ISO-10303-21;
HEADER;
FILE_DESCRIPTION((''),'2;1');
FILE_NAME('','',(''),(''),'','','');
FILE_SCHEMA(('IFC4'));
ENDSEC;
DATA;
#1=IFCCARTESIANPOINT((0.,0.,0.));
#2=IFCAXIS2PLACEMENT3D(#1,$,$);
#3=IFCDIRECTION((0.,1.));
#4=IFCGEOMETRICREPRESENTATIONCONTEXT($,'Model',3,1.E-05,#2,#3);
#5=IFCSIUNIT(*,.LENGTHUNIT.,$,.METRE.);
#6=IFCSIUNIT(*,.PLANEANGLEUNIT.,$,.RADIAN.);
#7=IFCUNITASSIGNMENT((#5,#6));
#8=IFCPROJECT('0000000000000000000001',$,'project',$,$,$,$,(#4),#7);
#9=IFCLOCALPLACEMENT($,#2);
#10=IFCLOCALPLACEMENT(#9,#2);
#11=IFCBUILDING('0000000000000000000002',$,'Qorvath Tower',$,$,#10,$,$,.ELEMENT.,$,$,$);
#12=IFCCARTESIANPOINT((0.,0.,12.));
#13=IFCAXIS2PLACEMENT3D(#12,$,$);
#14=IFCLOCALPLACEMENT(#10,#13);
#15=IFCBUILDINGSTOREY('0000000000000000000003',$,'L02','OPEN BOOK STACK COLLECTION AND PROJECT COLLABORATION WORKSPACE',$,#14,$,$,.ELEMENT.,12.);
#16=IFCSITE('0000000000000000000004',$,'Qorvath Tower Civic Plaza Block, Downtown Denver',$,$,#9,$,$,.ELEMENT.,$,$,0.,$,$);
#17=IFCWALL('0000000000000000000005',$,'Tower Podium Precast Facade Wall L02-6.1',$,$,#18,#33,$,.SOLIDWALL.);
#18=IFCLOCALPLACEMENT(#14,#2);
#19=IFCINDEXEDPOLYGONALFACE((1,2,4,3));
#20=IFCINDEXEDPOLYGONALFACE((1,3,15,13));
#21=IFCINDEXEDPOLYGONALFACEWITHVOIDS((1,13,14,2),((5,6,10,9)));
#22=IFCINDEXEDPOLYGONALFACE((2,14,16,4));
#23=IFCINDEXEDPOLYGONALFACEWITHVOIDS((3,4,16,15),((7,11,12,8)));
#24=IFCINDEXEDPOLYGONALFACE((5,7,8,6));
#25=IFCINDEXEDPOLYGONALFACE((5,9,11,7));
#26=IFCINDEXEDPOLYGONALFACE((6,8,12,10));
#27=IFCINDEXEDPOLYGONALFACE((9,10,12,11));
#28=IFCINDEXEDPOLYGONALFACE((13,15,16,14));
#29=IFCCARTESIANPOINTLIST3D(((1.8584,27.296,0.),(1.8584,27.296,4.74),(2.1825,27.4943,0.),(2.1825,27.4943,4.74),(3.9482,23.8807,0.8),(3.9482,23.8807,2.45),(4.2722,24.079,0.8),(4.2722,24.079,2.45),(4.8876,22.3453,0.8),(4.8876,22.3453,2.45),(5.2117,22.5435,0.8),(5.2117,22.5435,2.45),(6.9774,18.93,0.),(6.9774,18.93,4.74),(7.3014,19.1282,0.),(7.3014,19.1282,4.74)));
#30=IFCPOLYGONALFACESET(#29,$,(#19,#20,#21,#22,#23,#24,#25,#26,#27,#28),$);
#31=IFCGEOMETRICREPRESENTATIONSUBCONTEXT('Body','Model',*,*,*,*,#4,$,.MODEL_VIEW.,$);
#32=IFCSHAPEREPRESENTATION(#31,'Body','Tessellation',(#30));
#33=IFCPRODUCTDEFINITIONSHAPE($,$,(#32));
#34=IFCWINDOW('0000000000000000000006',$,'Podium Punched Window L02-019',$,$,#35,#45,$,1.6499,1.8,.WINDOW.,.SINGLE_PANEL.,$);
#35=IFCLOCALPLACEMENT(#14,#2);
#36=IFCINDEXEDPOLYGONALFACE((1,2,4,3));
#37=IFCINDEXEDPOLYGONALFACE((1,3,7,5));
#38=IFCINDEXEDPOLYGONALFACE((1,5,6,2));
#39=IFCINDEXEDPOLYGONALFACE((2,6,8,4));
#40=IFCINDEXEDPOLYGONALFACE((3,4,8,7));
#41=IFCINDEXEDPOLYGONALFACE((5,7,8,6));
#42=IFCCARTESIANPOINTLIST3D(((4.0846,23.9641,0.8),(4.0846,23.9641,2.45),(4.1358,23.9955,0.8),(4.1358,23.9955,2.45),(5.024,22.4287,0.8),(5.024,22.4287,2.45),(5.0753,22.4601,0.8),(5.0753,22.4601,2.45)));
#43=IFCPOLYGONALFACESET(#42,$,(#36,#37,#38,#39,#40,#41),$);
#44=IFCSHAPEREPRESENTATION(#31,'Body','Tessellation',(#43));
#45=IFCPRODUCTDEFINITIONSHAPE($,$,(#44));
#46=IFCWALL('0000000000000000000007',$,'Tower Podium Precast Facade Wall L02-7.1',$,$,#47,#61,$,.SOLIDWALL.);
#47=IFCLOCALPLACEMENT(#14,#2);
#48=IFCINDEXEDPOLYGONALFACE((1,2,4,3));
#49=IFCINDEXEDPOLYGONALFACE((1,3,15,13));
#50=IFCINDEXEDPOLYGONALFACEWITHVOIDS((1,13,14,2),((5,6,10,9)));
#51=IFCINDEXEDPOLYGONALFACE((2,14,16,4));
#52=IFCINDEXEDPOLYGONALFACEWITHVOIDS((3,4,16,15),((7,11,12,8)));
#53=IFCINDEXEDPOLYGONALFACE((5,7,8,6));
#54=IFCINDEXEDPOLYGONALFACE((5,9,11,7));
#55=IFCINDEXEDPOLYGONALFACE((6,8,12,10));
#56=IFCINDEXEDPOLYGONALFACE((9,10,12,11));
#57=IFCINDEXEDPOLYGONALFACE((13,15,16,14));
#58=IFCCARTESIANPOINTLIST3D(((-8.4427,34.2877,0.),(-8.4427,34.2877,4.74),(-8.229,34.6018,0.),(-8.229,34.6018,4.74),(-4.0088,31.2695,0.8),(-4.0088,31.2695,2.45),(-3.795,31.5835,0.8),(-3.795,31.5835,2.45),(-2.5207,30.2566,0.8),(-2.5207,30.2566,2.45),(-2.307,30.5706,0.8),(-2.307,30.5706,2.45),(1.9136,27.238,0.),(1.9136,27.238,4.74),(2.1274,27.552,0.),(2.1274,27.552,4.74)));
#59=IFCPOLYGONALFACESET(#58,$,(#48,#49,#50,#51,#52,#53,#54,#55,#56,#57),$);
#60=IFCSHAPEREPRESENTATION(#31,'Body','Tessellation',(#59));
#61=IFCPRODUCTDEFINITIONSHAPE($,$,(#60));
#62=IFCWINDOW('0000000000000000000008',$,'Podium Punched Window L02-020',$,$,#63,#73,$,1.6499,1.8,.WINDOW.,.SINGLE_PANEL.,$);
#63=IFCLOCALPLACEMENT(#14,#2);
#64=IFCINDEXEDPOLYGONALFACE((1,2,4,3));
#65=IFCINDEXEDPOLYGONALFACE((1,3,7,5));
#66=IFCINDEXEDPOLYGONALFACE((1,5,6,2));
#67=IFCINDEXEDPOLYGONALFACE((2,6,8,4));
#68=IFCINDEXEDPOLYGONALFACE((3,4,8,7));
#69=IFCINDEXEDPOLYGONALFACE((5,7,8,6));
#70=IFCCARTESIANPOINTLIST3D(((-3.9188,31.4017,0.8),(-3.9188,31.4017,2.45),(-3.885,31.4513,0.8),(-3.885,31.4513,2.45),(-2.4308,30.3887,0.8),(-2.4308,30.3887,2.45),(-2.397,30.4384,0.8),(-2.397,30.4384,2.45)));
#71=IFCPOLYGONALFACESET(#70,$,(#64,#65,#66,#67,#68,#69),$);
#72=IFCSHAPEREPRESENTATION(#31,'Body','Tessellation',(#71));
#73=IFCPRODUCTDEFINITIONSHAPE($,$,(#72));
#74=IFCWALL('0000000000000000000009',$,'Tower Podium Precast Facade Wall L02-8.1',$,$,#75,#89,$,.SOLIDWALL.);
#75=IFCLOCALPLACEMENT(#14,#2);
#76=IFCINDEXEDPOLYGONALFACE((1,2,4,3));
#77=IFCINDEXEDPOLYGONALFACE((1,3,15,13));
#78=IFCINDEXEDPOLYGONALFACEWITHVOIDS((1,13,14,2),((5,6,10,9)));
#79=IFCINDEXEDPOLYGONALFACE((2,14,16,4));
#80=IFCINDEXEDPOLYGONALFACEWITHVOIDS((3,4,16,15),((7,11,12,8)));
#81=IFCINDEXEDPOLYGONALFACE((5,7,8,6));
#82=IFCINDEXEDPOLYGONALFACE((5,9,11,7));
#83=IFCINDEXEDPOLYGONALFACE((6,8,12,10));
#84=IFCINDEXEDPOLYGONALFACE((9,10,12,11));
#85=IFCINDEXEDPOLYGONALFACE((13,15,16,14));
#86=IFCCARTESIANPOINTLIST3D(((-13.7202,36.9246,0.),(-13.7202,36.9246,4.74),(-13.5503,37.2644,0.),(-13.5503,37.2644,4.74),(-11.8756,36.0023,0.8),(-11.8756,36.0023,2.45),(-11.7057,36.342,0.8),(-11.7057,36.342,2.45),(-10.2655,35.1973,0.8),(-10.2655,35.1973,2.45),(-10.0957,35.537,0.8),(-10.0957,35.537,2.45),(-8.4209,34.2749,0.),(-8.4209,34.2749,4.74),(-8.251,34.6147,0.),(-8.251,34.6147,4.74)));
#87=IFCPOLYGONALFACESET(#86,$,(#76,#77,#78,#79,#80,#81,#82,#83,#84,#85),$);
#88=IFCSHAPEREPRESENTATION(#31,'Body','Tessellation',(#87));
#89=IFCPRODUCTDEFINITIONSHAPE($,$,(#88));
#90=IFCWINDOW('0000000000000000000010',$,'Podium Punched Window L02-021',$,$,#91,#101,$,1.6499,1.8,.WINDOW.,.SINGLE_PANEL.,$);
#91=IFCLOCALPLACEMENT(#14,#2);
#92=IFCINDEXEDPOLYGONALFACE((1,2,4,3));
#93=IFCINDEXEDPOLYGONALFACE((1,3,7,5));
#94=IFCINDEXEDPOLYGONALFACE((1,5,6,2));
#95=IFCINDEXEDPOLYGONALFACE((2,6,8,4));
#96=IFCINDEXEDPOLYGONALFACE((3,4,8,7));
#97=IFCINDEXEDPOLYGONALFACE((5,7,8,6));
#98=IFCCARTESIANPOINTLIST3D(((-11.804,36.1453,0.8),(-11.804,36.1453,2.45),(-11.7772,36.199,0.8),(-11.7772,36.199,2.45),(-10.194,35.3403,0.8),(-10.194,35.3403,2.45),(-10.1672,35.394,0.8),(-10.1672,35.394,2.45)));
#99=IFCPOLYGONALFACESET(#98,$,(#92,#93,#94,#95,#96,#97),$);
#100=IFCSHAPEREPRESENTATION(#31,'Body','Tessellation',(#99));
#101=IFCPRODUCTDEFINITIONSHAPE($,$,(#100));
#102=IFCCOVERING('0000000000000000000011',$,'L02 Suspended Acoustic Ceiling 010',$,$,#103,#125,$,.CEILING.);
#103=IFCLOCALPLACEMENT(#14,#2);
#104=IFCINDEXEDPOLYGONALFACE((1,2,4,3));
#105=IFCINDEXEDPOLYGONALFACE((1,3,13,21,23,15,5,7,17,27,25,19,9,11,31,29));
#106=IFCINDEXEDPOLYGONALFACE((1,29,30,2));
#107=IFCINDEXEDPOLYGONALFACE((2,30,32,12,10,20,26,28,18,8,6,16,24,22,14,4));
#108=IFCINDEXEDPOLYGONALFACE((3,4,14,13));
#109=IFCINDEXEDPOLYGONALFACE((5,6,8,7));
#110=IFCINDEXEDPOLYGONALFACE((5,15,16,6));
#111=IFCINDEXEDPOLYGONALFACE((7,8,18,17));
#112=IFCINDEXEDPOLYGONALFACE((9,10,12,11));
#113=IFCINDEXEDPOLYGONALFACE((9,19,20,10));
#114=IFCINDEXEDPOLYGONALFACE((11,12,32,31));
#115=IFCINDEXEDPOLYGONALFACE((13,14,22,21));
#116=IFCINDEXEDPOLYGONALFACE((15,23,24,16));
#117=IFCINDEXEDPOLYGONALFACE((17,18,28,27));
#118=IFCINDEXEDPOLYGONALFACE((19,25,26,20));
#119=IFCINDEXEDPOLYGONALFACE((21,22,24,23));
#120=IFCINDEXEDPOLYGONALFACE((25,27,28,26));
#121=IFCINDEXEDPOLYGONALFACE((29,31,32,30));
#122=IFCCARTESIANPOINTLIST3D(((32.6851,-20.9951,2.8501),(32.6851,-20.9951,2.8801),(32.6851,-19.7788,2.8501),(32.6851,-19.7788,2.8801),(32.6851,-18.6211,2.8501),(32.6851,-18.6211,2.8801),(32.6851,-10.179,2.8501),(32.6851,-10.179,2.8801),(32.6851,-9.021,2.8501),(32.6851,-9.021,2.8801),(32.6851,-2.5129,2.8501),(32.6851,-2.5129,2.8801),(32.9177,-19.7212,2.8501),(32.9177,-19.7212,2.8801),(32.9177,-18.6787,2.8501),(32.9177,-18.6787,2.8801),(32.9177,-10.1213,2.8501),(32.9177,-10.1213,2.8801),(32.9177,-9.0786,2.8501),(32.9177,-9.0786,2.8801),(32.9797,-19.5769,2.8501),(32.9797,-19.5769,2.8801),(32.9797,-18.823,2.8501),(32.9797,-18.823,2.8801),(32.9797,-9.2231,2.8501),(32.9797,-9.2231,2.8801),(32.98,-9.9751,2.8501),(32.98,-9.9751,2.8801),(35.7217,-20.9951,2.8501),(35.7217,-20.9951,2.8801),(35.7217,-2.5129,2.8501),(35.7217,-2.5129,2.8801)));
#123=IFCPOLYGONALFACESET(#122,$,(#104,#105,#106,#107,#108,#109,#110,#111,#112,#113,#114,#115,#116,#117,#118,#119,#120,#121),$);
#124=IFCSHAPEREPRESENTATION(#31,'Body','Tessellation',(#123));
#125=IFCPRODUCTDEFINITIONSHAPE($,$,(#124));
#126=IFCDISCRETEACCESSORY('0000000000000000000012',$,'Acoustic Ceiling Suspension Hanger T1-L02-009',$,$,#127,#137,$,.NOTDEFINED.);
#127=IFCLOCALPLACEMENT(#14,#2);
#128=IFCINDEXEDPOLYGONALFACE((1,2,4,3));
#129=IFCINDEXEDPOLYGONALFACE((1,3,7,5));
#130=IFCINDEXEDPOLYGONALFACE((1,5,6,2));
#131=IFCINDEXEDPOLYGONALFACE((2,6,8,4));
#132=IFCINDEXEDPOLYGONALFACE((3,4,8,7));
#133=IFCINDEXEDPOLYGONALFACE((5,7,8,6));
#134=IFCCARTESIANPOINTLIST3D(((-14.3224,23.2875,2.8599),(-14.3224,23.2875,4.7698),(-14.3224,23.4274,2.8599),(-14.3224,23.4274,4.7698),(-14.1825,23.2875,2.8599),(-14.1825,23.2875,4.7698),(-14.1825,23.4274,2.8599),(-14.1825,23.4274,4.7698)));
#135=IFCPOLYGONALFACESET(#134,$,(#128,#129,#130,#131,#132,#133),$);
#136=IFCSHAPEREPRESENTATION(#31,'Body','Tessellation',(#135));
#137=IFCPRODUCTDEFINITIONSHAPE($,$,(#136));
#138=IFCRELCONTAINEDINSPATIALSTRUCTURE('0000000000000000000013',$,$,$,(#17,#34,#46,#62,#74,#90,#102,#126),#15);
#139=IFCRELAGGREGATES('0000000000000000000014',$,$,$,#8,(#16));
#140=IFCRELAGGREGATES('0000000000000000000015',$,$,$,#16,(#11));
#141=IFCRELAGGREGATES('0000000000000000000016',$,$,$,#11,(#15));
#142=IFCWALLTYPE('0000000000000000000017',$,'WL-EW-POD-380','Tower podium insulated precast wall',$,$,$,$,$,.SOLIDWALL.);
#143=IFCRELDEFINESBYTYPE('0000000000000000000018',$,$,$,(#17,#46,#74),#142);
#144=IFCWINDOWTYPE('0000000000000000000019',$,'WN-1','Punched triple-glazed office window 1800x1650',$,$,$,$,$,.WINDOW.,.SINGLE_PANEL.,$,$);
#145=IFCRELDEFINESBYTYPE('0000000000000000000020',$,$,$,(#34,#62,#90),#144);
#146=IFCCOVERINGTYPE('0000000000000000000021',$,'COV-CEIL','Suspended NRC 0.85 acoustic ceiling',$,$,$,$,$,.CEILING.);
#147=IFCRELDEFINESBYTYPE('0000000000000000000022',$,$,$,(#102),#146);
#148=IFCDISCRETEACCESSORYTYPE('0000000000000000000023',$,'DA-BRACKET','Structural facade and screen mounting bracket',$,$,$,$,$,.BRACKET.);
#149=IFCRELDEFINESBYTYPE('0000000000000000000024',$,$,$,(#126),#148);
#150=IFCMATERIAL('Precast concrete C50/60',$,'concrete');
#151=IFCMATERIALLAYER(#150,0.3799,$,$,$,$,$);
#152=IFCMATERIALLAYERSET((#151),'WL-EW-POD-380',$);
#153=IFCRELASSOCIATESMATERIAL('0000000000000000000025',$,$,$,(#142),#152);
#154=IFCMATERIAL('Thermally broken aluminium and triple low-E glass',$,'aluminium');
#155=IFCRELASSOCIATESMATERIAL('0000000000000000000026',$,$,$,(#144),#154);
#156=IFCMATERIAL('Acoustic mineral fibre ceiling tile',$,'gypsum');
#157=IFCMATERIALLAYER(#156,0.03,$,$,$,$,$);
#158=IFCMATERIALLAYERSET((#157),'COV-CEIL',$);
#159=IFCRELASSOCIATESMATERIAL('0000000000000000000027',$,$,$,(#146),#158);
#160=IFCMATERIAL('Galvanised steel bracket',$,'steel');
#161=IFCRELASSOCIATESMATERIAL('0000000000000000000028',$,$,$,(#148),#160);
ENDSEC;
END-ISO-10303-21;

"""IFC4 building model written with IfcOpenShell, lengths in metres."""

from ifc_helpers import new_model, si_unit, direction, frame, frame_2d, origin, origin_2d, place, context, subcontext, project, spatial, polyline, rectangle, outline, extrude, material, layer, layer_set, type_object, element, fill, save


model = new_model("IFC4")

# Units and contexts
model_context = context("Model", 3, precision=1e-05, world=origin(), true_north=direction((0.0, 1.0)))
body_context = subcontext(model_context, "Body", "Model", "MODEL_VIEW")
ifc_project = project(units=[si_unit("LENGTHUNIT", "METRE"), si_unit("PLANEANGLEUNIT", "RADIAN")], contexts=[model_context])

# Site, building, storey
site_placement = place(None, origin())
site = spatial("IfcSite", under=ifc_project, at=site_placement, Name="Qorvath Tower Civic Plaza Block, Downtown Denver", CompositionType="ELEMENT", RefElevation=0.0)
building_placement = place(site_placement, origin())
building = spatial("IfcBuilding", under=site, at=building_placement, Name="Qorvath Tower", CompositionType="ELEMENT")
storey_placement = place(building_placement, frame((0.0, 0.0, 12.0)))
storey = spatial("IfcBuildingStorey", under=building, at=storey_placement, Name="L02", Description="OPEN BOOK STACK COLLECTION AND PROJECT COLLABORATION WORKSPACE", CompositionType="ELEMENT", Elevation=12.0)

# Walls, openings, windows
ifc_material_1 = material(Name="Precast concrete C50/60", Category="concrete")
ifc_layer_1 = layer(ifc_material_1, 0.3799)
ifc_layer_set_1 = layer_set([ifc_layer_1], Name="WL-EW-POD-380")
wall_type_1 = type_object("IfcWallType", Name="WL-EW-POD-380", Description="Tower podium insulated precast wall", PredefinedType="SOLIDWALL", material=ifc_layer_set_1)
ifc_material_2 = material(Name="Thermally broken aluminium and triple low-E glass", Category="aluminium")
window_type = type_object("IfcWindowType", Name="WN-1", Description="Punched triple-glazed office window 1800x1650", PartitioningType="SINGLE_PANEL", PredefinedType="WINDOW", material=ifc_material_2)
wall_1_placement = place(storey_placement, frame((2.0205, 27.395, 0.0), z_axis=(0.0, 0.0, 1.0), x_axis=(0.521922, -0.852993, 0.0)))
wall_1 = element("IfcWall", 1, at=wall_1_placement, inside=storey, type_object=wall_type_1, Name="Tower Podium Precast Facade Wall L02-6.1", PredefinedType="SOLIDWALL", context=body_context, shape_type="SweptSolid", body=[
    extrude(rectangle(XDim=9.8079, YDim=0.3799, at=frame_2d((4.9038, 0.0))), origin(), (0.0, 0.0, 1.0), 4.74),
])
opening_1_placement = place(wall_1_placement, frame((4.0039, 0.0, 0.8)))
opening_1 = element("IfcOpeningElement", 2, at=opening_1_placement, cuts=wall_1, PredefinedType="OPENING", context=body_context, shape_type="SweptSolid", body=[
    extrude(rectangle(XDim=1.8, YDim=1.6499, at=frame_2d((0.8999, 0.825))), frame((0.0, 0.2, 0.0), z_axis=(0.0, -1.0, 0.0), x_axis=(1.0, 0.0, 0.0)), (0.0, 0.0, 1.0), 0.3999),
])
window_1_placement = place(opening_1_placement, origin())
window_1 = element("IfcWindow", 3, at=window_1_placement, inside=storey, type_object=window_type, Name="Podium Punched Window L02-019", OverallHeight=1.6499, OverallWidth=1.8, PartitioningType="SINGLE_PANEL", PredefinedType="WINDOW", context=body_context, shape_type="SweptSolid", body=[
    extrude(rectangle(XDim=1.8, YDim=1.6499, at=frame_2d((0.8999, 0.825))), frame((0.0, 0.03, 0.0), z_axis=(0.0, -1.0, 0.0), x_axis=(1.0, 0.0, 0.0)), (0.0, 0.0, 1.0), 0.0601),
])
fill(opening_1, window_1)
wall_2_placement = place(storey_placement, frame((-8.3359, 34.4448, 0.0), z_axis=(0.0, 0.0, 1.0), x_axis=(0.826651, -0.562715, 0.0)))
wall_2 = element("IfcWall", 4, at=wall_2_placement, inside=storey, type_object=wall_type_1, Name="Tower Podium Precast Facade Wall L02-7.1", PredefinedType="SOLIDWALL", context=body_context, shape_type="SweptSolid", body=[
    extrude(rectangle(XDim=12.5281, YDim=0.3799, at=frame_2d((6.2642, 0.0))), origin(), (0.0, 0.0, 1.0), 4.74),
])
opening_2_placement = place(wall_2_placement, frame((5.364, 0.0, 0.8)))
opening_2 = element("IfcOpeningElement", 5, at=opening_2_placement, cuts=wall_2, PredefinedType="OPENING", context=body_context, shape_type="SweptSolid", body=[
    extrude(rectangle(XDim=1.8, YDim=1.6499, at=frame_2d((0.8999, 0.825))), frame((0.0, 0.2, 0.0), z_axis=(0.0, -1.0, 0.0), x_axis=(1.0, 0.0, 0.0)), (0.0, 0.0, 1.0), 0.3999),
])
window_2_placement = place(opening_2_placement, origin())
window_2 = element("IfcWindow", 6, at=window_2_placement, inside=storey, type_object=window_type, Name="Podium Punched Window L02-020", OverallHeight=1.6499, OverallWidth=1.8, PartitioningType="SINGLE_PANEL", PredefinedType="WINDOW", context=body_context, shape_type="SweptSolid", body=[
    extrude(rectangle(XDim=1.8, YDim=1.6499, at=frame_2d((0.8999, 0.825))), frame((0.0, 0.03, 0.0), z_axis=(0.0, -1.0, 0.0), x_axis=(1.0, 0.0, 0.0)), (0.0, 0.0, 1.0), 0.0601),
])
fill(opening_2, window_2)
wall_3_placement = place(storey_placement, frame((-13.6353, 37.0945, 0.0), z_axis=(0.0, 0.0, 1.0), x_axis=(0.894427, -0.447214, 0.0)))
wall_3 = element("IfcWall", 7, at=wall_3_placement, inside=storey, type_object=wall_type_1, Name="Tower Podium Precast Facade Wall L02-8.1", PredefinedType="SOLIDWALL", context=body_context, shape_type="SweptSolid", body=[
    extrude(rectangle(XDim=5.9248, YDim=0.3799, at=frame_2d((2.9624, 0.0))), origin(), (0.0, 0.0, 1.0), 4.74),
])
opening_3_placement = place(wall_3_placement, frame((2.0625, 0.0, 0.8)))
opening_3 = element("IfcOpeningElement", 8, at=opening_3_placement, cuts=wall_3, PredefinedType="OPENING", context=body_context, shape_type="SweptSolid", body=[
    extrude(rectangle(XDim=1.8, YDim=1.6499, at=frame_2d((0.8999, 0.825))), frame((0.0, 0.2, 0.0), z_axis=(0.0, -1.0, 0.0), x_axis=(1.0, 0.0, 0.0)), (0.0, 0.0, 1.0), 0.3999),
])
window_3_placement = place(opening_3_placement, origin())
window_3 = element("IfcWindow", 9, at=window_3_placement, inside=storey, type_object=window_type, Name="Podium Punched Window L02-021", OverallHeight=1.6499, OverallWidth=1.8, PartitioningType="SINGLE_PANEL", PredefinedType="WINDOW", context=body_context, shape_type="SweptSolid", body=[
    extrude(rectangle(XDim=1.8, YDim=1.6499, at=frame_2d((0.8999, 0.825))), frame((0.0, 0.03, 0.0), z_axis=(0.0, -1.0, 0.0), x_axis=(1.0, 0.0, 0.0)), (0.0, 0.0, 1.0), 0.0601),
])
fill(opening_3, window_3)

# Covering
ifc_material_3 = material(Name="Acoustic mineral fibre ceiling tile", Category="gypsum")
ifc_layer_2 = layer(ifc_material_3, 0.03)
ifc_layer_set_2 = layer_set([ifc_layer_2], Name="COV-CEIL")
covering_type = type_object("IfcCoveringType", Name="COV-CEIL", Description="Suspended NRC 0.85 acoustic ceiling", PredefinedType="CEILING", material=ifc_layer_set_2)
covering_placement = place(storey_placement, frame((0.0, 0.0, 2.8501)))
element("IfcCovering", 10, at=covering_placement, inside=storey, type_object=covering_type, Name="L02 Suspended Acoustic Ceiling 010", PredefinedType="CEILING", context=body_context, shape_type="SweptSolid", body=[
    extrude(outline(polyline([(32.9797, -19.5769), (32.9177, -19.7212), (32.6851, -19.7788), (32.6851, -20.9951), (35.7217, -20.9951), (35.7217, -2.5129), (32.6851, -2.5129), (32.6851, -9.021), (32.9177, -9.0786), (32.9797, -9.2231), (32.98, -9.9751), (32.9177, -10.1213), (32.6851, -10.179), (32.6851, -18.6211), (32.9177, -18.6787), (32.9797, -18.823), (32.9797, -19.5769)])), origin(), (0.0, 0.0, 1.0), 0.03),
])

# Discrete accessory
ifc_material_4 = material(Name="Galvanised steel bracket", Category="steel")
discrete_accessory_type = type_object("IfcDiscreteAccessoryType", Name="DA-BRACKET", Description="Structural facade and screen mounting bracket", PredefinedType="BRACKET", material=ifc_material_4)
discrete_accessory_placement = place(storey_placement, frame((-14.2524, 23.3574, 2.8599), z_axis=(0.0, 0.0, 1.0), x_axis=(1.0, 0.0, 0.0)))
element("IfcDiscreteAccessory", 11, at=discrete_accessory_placement, inside=storey, type_object=discrete_accessory_type, Name="Acoustic Ceiling Suspension Hanger T1-L02-009", PredefinedType="NOTDEFINED", context=body_context, shape_type="SweptSolid", body=[
    extrude(rectangle(XDim=0.1399, YDim=0.1399, at=origin_2d()), origin(), (0.0, 0.0, 1.0), 1.9099),
])

save(model, "model.ifc")
